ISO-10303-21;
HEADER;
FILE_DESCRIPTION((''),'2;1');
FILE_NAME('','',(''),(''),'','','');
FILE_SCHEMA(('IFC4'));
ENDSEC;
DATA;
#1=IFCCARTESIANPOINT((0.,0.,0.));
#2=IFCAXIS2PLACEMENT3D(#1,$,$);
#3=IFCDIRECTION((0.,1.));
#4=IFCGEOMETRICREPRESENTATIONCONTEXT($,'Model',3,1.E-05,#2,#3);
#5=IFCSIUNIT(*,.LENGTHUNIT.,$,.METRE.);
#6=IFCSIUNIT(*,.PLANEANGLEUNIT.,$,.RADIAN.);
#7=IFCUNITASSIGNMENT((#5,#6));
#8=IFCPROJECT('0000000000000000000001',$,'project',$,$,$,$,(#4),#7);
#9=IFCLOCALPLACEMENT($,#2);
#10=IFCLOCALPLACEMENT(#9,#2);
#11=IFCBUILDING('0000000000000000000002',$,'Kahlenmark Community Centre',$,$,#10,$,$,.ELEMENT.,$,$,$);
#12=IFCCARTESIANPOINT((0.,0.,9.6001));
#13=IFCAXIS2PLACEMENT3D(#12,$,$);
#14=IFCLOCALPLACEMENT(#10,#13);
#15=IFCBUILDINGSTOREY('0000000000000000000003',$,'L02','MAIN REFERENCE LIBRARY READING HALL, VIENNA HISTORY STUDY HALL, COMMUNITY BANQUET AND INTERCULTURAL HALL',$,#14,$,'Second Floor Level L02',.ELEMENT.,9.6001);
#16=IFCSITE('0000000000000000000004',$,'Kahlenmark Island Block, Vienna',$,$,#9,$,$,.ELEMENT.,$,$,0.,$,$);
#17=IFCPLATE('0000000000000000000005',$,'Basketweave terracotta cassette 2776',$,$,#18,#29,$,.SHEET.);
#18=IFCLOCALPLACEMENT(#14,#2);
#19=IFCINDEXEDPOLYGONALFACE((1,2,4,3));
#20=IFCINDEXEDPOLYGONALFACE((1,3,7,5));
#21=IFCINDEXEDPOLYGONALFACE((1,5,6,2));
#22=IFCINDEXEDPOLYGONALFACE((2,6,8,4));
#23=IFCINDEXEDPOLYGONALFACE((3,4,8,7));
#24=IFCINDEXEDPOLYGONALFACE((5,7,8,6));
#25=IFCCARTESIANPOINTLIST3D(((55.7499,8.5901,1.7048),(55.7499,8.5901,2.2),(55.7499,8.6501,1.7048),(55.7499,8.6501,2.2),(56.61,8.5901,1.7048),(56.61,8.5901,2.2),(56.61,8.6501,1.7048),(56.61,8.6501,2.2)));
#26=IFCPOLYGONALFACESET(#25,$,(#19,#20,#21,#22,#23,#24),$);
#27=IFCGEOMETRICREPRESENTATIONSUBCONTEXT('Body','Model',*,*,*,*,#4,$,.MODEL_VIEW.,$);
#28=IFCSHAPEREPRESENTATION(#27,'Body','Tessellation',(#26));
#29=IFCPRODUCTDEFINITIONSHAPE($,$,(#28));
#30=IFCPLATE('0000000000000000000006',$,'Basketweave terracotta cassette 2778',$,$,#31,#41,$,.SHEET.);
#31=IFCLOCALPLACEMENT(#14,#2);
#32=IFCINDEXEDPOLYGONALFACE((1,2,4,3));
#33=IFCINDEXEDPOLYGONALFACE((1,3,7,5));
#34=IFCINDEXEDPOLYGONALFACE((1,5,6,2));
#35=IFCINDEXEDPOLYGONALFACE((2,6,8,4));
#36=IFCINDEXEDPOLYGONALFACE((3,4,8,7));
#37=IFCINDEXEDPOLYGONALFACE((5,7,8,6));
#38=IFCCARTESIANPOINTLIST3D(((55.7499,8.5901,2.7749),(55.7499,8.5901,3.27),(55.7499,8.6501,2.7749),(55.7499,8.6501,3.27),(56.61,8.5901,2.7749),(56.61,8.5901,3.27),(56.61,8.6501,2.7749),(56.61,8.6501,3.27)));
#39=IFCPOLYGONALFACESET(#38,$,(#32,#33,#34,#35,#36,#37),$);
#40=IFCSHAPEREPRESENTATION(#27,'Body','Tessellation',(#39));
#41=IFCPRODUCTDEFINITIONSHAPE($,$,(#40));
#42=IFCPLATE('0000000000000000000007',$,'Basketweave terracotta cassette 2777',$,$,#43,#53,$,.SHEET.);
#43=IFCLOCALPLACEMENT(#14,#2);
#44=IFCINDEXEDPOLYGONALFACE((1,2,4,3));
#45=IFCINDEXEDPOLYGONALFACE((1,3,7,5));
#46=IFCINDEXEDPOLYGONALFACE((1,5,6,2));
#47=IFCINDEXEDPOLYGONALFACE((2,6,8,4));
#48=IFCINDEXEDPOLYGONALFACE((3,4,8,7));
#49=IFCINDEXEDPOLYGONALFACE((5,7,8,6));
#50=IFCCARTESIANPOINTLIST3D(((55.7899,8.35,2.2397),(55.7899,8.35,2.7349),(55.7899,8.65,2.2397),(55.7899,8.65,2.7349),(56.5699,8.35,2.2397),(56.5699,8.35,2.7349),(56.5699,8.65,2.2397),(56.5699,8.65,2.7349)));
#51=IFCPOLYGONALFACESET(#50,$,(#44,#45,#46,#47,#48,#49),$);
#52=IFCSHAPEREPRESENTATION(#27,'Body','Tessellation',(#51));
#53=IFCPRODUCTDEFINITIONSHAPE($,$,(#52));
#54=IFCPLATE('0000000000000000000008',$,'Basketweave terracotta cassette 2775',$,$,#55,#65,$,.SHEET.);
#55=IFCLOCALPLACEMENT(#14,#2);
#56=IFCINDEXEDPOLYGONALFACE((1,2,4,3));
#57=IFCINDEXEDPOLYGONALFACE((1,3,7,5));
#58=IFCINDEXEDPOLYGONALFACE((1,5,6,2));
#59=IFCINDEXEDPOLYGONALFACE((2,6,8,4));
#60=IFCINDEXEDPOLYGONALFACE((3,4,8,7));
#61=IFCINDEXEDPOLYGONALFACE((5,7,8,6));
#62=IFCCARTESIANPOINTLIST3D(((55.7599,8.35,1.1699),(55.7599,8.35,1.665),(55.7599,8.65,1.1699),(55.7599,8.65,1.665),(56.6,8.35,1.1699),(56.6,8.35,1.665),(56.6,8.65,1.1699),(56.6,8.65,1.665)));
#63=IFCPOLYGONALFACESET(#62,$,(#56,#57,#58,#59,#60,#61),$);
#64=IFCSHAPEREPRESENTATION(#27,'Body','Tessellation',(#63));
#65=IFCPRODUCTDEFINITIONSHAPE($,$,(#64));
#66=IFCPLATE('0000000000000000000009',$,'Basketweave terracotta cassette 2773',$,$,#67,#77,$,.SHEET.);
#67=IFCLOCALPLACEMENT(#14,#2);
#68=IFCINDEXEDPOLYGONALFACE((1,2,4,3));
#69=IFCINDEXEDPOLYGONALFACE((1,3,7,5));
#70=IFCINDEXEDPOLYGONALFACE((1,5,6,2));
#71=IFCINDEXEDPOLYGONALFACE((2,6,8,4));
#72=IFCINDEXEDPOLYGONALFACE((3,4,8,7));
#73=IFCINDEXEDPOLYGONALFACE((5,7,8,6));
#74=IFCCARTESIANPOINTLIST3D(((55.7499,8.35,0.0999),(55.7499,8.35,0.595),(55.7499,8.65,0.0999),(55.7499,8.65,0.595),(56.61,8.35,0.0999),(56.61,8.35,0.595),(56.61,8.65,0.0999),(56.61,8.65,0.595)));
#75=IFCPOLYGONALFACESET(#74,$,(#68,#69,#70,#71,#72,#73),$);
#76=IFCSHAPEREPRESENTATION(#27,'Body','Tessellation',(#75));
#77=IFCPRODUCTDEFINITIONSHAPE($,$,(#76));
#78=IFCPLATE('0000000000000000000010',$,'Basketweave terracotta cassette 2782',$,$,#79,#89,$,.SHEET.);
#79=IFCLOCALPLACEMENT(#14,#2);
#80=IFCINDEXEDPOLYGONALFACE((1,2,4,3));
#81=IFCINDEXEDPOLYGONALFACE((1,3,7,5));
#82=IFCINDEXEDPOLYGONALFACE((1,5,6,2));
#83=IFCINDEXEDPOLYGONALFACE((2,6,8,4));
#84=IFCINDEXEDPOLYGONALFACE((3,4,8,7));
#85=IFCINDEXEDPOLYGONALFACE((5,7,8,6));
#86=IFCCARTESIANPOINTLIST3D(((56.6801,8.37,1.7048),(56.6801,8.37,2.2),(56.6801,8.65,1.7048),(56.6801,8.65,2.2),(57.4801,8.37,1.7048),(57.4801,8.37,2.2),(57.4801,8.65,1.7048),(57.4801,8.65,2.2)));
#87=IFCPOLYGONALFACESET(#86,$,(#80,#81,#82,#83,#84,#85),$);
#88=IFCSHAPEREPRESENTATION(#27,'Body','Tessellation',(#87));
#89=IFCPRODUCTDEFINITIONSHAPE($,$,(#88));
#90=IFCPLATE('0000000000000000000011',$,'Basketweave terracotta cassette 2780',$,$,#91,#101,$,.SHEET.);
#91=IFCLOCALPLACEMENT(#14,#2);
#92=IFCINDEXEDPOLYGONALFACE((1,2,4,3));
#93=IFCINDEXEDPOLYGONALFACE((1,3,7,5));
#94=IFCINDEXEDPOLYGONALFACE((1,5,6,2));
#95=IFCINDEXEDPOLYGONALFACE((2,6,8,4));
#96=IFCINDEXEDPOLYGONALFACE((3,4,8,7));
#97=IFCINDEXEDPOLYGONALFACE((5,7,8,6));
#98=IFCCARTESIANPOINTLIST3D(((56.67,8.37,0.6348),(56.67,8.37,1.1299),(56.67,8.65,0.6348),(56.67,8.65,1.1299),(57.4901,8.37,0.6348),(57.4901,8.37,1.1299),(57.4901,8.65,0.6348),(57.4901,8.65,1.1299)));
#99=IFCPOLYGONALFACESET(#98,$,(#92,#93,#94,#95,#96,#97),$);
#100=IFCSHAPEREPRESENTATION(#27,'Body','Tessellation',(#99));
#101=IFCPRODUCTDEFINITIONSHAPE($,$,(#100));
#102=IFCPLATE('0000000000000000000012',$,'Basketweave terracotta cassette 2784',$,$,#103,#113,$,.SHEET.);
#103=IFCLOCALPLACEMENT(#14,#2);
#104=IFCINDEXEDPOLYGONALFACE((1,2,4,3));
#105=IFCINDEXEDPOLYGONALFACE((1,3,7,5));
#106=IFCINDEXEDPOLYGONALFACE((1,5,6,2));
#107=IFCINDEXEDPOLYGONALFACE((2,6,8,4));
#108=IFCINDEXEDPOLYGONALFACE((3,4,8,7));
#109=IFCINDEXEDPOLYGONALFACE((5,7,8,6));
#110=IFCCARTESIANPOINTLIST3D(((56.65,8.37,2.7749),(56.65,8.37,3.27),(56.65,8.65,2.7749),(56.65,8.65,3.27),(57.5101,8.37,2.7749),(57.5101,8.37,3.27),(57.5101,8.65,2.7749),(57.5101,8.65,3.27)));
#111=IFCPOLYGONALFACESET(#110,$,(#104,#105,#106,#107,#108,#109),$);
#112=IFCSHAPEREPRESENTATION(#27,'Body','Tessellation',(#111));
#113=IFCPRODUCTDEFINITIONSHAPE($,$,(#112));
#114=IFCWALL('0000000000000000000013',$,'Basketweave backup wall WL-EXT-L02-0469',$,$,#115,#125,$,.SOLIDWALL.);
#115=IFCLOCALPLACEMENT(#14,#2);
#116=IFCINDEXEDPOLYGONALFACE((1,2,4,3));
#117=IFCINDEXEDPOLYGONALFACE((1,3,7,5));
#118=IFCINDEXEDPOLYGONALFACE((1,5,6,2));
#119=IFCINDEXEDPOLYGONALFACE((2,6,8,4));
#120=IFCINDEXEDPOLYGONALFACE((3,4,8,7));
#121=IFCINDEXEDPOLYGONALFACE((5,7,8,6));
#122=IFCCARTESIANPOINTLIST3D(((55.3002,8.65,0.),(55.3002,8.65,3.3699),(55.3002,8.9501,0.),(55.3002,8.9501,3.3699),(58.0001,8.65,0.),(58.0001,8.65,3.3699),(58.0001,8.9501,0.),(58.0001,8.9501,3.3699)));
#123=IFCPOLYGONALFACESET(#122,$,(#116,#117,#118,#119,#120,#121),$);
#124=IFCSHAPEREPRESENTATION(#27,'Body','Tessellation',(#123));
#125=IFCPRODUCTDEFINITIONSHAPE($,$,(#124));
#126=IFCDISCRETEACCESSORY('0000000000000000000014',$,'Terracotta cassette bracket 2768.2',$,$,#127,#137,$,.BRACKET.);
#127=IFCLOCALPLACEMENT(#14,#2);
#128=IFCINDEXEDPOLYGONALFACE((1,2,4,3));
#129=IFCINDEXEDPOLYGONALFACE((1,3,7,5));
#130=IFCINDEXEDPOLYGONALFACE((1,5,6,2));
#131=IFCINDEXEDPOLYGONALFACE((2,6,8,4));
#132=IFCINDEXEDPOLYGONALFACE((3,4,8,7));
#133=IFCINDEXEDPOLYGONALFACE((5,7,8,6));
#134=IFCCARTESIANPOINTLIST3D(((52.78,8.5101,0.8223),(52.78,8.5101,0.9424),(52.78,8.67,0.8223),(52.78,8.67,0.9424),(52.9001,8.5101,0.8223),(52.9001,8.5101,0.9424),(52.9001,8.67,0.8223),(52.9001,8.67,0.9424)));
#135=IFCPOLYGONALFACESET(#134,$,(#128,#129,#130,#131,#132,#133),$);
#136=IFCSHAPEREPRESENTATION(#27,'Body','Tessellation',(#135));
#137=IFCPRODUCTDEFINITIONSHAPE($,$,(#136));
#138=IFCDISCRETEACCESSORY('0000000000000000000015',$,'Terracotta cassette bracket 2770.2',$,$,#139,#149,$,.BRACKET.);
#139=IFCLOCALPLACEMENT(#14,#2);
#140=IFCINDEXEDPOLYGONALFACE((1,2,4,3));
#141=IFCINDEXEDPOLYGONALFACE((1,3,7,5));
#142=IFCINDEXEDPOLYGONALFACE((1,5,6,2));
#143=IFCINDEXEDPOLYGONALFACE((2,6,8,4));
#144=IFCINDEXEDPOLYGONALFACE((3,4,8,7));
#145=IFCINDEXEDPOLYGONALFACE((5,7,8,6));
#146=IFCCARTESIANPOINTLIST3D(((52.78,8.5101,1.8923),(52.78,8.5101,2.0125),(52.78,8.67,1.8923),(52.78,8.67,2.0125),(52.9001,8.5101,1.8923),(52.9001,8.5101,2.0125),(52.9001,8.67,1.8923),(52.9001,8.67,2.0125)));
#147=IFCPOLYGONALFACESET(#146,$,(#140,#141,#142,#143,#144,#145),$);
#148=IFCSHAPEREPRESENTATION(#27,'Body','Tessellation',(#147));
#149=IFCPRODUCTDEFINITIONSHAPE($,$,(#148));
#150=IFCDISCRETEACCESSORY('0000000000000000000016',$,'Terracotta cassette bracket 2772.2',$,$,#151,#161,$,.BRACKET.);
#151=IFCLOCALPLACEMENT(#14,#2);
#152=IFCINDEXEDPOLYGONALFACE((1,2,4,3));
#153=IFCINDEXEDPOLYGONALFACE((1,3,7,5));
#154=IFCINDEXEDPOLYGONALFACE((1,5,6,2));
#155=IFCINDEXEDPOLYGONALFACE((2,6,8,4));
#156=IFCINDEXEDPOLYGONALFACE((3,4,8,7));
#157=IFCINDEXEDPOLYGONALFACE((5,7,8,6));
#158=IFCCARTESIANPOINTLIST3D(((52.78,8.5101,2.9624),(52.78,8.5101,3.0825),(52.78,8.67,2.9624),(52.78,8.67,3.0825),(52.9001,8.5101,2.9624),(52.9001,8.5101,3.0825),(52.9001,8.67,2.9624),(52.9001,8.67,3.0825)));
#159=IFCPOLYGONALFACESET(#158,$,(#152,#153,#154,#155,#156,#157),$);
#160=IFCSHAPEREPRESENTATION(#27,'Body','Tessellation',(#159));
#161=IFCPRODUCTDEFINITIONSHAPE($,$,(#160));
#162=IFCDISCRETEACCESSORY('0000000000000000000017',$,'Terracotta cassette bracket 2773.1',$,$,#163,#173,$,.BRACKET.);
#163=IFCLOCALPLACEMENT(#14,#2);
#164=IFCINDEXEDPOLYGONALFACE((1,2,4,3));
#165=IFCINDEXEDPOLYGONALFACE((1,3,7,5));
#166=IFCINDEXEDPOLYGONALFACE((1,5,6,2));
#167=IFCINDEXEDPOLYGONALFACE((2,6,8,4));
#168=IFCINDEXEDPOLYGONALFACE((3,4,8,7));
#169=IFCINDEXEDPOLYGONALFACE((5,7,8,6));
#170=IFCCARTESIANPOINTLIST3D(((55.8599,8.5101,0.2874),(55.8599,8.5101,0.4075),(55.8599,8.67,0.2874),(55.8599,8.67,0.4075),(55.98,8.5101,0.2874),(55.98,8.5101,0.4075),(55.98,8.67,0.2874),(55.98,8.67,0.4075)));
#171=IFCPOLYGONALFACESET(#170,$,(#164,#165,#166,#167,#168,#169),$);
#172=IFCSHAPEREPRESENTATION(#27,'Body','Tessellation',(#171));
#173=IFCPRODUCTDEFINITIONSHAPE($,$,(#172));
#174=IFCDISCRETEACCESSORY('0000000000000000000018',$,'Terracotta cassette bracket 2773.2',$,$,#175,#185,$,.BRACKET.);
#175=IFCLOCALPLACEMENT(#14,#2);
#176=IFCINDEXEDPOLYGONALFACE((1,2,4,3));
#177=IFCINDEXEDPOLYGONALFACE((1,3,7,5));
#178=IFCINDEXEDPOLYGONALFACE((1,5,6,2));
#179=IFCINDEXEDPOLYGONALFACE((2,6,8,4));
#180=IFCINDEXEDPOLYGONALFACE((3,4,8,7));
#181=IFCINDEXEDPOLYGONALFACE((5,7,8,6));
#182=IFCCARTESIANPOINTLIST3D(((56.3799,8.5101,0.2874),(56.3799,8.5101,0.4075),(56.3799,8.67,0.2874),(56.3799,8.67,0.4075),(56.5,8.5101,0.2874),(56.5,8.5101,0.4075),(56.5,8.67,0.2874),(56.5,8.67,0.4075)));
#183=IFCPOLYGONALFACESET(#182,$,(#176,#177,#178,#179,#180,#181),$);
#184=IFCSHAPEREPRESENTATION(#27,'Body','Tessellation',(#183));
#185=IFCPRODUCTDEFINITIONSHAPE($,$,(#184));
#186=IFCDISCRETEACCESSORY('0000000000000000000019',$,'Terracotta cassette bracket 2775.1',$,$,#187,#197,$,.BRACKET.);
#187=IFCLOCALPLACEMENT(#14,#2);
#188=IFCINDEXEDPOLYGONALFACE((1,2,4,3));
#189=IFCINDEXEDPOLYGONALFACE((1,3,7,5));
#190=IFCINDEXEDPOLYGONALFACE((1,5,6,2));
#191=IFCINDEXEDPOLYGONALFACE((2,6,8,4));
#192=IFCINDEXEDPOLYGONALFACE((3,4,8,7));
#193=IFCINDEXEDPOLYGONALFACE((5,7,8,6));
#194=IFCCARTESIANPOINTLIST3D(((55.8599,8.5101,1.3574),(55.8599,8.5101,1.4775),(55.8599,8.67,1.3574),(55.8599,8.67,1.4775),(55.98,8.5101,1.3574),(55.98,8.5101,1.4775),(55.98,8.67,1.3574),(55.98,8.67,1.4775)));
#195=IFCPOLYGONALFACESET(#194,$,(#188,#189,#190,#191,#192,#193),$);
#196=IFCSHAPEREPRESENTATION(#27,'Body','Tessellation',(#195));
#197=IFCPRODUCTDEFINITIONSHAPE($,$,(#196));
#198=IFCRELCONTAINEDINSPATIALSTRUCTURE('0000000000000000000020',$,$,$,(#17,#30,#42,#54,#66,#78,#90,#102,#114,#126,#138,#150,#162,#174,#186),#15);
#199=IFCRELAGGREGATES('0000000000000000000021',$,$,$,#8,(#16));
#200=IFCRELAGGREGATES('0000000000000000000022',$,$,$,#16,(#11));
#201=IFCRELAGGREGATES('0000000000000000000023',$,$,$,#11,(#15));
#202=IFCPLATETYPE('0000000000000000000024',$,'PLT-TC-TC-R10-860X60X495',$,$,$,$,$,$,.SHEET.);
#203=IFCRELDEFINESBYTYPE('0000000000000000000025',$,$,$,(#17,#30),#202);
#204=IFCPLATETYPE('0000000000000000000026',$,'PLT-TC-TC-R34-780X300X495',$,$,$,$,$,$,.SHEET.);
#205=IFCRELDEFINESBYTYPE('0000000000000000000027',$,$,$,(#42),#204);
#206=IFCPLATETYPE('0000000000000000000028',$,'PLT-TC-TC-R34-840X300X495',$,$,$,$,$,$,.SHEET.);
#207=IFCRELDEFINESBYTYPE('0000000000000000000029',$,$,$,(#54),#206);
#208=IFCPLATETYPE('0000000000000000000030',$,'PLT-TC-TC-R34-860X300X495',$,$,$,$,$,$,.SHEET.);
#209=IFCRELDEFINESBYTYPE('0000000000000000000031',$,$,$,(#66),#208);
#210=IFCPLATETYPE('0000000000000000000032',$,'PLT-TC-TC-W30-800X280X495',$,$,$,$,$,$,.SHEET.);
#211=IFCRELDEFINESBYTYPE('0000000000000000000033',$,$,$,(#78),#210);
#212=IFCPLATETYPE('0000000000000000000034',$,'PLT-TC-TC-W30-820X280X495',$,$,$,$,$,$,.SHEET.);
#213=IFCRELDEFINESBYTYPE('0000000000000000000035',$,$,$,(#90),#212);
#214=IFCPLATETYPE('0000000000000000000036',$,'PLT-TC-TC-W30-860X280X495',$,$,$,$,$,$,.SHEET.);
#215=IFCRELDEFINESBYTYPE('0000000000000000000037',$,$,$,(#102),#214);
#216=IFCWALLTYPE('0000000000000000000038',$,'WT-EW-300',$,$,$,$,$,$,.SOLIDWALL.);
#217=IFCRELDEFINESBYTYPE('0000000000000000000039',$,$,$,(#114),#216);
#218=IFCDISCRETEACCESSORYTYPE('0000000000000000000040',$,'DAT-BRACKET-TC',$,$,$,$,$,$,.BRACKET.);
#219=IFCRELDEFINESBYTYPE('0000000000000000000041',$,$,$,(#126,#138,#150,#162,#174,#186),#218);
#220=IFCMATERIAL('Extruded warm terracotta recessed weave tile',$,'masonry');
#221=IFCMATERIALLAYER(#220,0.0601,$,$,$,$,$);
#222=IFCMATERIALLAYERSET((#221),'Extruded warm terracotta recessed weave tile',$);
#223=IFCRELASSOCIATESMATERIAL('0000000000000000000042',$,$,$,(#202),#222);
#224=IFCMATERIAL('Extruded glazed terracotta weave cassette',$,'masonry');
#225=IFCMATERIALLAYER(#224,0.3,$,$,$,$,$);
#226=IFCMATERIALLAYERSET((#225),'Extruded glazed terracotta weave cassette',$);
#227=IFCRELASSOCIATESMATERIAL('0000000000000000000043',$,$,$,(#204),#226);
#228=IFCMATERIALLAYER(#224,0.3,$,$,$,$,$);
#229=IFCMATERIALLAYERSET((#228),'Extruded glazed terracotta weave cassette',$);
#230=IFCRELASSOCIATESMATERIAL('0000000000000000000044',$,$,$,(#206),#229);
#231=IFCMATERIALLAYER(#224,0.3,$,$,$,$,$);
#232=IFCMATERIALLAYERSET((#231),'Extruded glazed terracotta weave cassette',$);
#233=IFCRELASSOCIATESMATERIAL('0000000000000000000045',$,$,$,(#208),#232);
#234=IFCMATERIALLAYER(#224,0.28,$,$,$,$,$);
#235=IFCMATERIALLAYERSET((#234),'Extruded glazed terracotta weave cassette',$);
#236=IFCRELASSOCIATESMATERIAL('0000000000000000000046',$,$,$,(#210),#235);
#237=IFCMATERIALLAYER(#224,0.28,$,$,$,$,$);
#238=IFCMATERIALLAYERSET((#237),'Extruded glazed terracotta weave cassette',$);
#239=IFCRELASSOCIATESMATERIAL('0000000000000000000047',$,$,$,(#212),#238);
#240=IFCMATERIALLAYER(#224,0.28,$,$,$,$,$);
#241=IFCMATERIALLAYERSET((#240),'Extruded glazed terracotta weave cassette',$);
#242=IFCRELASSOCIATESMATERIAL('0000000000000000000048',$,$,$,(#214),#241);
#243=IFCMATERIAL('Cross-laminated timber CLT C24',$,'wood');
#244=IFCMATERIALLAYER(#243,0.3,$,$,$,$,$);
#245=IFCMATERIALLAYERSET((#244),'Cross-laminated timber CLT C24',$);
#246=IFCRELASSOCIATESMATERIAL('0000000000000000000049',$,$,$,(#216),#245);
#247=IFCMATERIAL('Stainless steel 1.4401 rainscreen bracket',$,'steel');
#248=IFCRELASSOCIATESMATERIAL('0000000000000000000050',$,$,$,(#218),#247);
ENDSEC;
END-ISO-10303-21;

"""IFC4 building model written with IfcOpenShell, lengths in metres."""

from ifc_helpers import new_model, si_unit, direction, frame, frame_2d, origin, origin_2d, place, context, subcontext, project, spatial, rectangle, extrude, material, layer, layer_set, type_object, element, save


model = new_model("IFC4")

# Units and contexts
model_context = context("Model", 3, precision=1e-05, world=origin(), true_north=direction((0.0, 1.0)))
body_context = subcontext(model_context, "Body", "Model", "MODEL_VIEW")
ifc_project = project(units=[si_unit("LENGTHUNIT", "METRE"), si_unit("PLANEANGLEUNIT", "RADIAN")], contexts=[model_context])

# Site, building, storey
site_placement = place(None, origin())
site = spatial("IfcSite", under=ifc_project, at=site_placement, Name="Kahlenmark Island Block, Vienna", CompositionType="ELEMENT", RefElevation=0.0)
building_placement = place(site_placement, origin())
building = spatial("IfcBuilding", under=site, at=building_placement, Name="Kahlenmark Community Centre", CompositionType="ELEMENT")
storey_placement = place(building_placement, frame((0.0, 0.0, 9.6001)))
storey = spatial("IfcBuildingStorey", under=building, at=storey_placement, Name="L02", Description="MAIN REFERENCE LIBRARY READING HALL, VIENNA HISTORY STUDY HALL, COMMUNITY BANQUET AND INTERCULTURAL HALL", LongName="Second Floor Level L02", CompositionType="ELEMENT", Elevation=9.6001)

# Plates
ifc_material_1 = material(Name="Extruded warm terracotta recessed weave tile", Category="masonry")
ifc_layer_1 = layer(ifc_material_1, 0.0601)
ifc_layer_set_1 = layer_set([ifc_layer_1], Name="Extruded warm terracotta recessed weave tile")
plate_type_1 = type_object("IfcPlateType", Name="PLT-TC-TC-R10-860X60X495", PredefinedType="SHEET", material=ifc_layer_set_1)
for number, where, z_axis, x_axis, name in (
    (1, (56.1799, 8.6201, 1.7048), (0.0, 0.0, 1.0), (1.0, 0.0, 0.0), "Basketweave terracotta cassette 2776"),
    (2, (56.1799, 8.6201, 2.7749), (0.0, 0.0, 1.0), (1.0, 0.0, 0.0), "Basketweave terracotta cassette 2778"),
):
    element("IfcPlate", number, at=place(storey_placement, frame(where, z_axis=z_axis, x_axis=x_axis)), inside=storey, type_object=plate_type_1, Name=name, PredefinedType="SHEET", context=body_context, shape_type="SweptSolid", body=[
        extrude(rectangle(XDim=0.8601, YDim=0.0601, at=origin_2d()), origin(), (0.0, 0.0, 1.0), 0.4951),
    ])
ifc_material_2 = material(Name="Extruded glazed terracotta weave cassette", Category="masonry")
ifc_layer_2 = layer(ifc_material_2, 0.3)
ifc_layer_set_2 = layer_set([ifc_layer_2], Name="Extruded glazed terracotta weave cassette")
plate_type_2 = type_object("IfcPlateType", Name="PLT-TC-TC-R34-780X300X495", PredefinedType="SHEET", material=ifc_layer_set_2)
plate_1_placement = place(storey_placement, frame((56.1799, 8.5, 2.2397), z_axis=(0.0, 0.0, 1.0), x_axis=(1.0, 0.0, 0.0)))
element("IfcPlate", 3, at=plate_1_placement, inside=storey, type_object=plate_type_2, Name="Basketweave terracotta cassette 2777", PredefinedType="SHEET", context=body_context, shape_type="SweptSolid", body=[
    extrude(rectangle(XDim=0.78, YDim=0.3, at=origin_2d()), origin(), (0.0, 0.0, 1.0), 0.4951),
])
ifc_layer_3 = layer(ifc_material_2, 0.3)
ifc_layer_set_3 = layer_set([ifc_layer_3], Name="Extruded glazed terracotta weave cassette")
plate_type_3 = type_object("IfcPlateType", Name="PLT-TC-TC-R34-840X300X495", PredefinedType="SHEET", material=ifc_layer_set_3)
plate_2_placement = place(storey_placement, frame((56.1799, 8.5, 1.1699), z_axis=(0.0, 0.0, 1.0), x_axis=(1.0, 0.0, 0.0)))
element("IfcPlate", 4, at=plate_2_placement, inside=storey, type_object=plate_type_3, Name="Basketweave terracotta cassette 2775", PredefinedType="SHEET", context=body_context, shape_type="SweptSolid", body=[
    extrude(rectangle(XDim=0.8401, YDim=0.3, at=origin_2d()), origin(), (0.0, 0.0, 1.0), 0.4951),
])
ifc_layer_4 = layer(ifc_material_2, 0.3)
ifc_layer_set_4 = layer_set([ifc_layer_4], Name="Extruded glazed terracotta weave cassette")
plate_type_4 = type_object("IfcPlateType", Name="PLT-TC-TC-R34-860X300X495", PredefinedType="SHEET", material=ifc_layer_set_4)
plate_3_placement = place(storey_placement, frame((56.1799, 8.5, 0.0999), z_axis=(0.0, 0.0, 1.0), x_axis=(1.0, 0.0, 0.0)))
element("IfcPlate", 5, at=plate_3_placement, inside=storey, type_object=plate_type_4, Name="Basketweave terracotta cassette 2773", PredefinedType="SHEET", context=body_context, shape_type="SweptSolid", body=[
    extrude(rectangle(XDim=0.8601, YDim=0.3, at=origin_2d()), origin(), (0.0, 0.0, 1.0), 0.4951),
])
ifc_layer_5 = layer(ifc_material_2, 0.28)
ifc_layer_set_5 = layer_set([ifc_layer_5], Name="Extruded glazed terracotta weave cassette")
plate_type_5 = type_object("IfcPlateType", Name="PLT-TC-TC-W30-800X280X495", PredefinedType="SHEET", material=ifc_layer_set_5)
plate_4_placement = place(storey_placement, frame((57.0801, 8.51, 1.7048), z_axis=(0.0, 0.0, 1.0), x_axis=(1.0, 0.0, 0.0)))
element("IfcPlate", 6, at=plate_4_placement, inside=storey, type_object=plate_type_5, Name="Basketweave terracotta cassette 2782", PredefinedType="SHEET", context=body_context, shape_type="SweptSolid", body=[
    extrude(rectangle(XDim=0.8, YDim=0.28, at=origin_2d()), origin(), (0.0, 0.0, 1.0), 0.4951),
])
ifc_layer_6 = layer(ifc_material_2, 0.28)
ifc_layer_set_6 = layer_set([ifc_layer_6], Name="Extruded glazed terracotta weave cassette")
plate_type_6 = type_object("IfcPlateType", Name="PLT-TC-TC-W30-820X280X495", PredefinedType="SHEET", material=ifc_layer_set_6)
plate_5_placement = place(storey_placement, frame((57.0801, 8.51, 0.6348), z_axis=(0.0, 0.0, 1.0), x_axis=(1.0, 0.0, 0.0)))
element("IfcPlate", 7, at=plate_5_placement, inside=storey, type_object=plate_type_6, Name="Basketweave terracotta cassette 2780", PredefinedType="SHEET", context=body_context, shape_type="SweptSolid", body=[
    extrude(rectangle(XDim=0.8201, YDim=0.28, at=origin_2d()), origin(), (0.0, 0.0, 1.0), 0.4951),
])
ifc_layer_7 = layer(ifc_material_2, 0.28)
ifc_layer_set_7 = layer_set([ifc_layer_7], Name="Extruded glazed terracotta weave cassette")
plate_type_7 = type_object("IfcPlateType", Name="PLT-TC-TC-W30-860X280X495", PredefinedType="SHEET", material=ifc_layer_set_7)
plate_6_placement = place(storey_placement, frame((57.0801, 8.51, 2.7749), z_axis=(0.0, 0.0, 1.0), x_axis=(1.0, 0.0, 0.0)))
element("IfcPlate", 8, at=plate_6_placement, inside=storey, type_object=plate_type_7, Name="Basketweave terracotta cassette 2784", PredefinedType="SHEET", context=body_context, shape_type="SweptSolid", body=[
    extrude(rectangle(XDim=0.8601, YDim=0.28, at=origin_2d()), origin(), (0.0, 0.0, 1.0), 0.4951),
])

# Wall
ifc_material_3 = material(Name="Cross-laminated timber CLT C24", Category="wood")
ifc_layer_8 = layer(ifc_material_3, 0.3)
ifc_layer_set_8 = layer_set([ifc_layer_8], Name="Cross-laminated timber CLT C24")
wall_type = type_object("IfcWallType", Name="WT-EW-300", PredefinedType="SOLIDWALL", material=ifc_layer_set_8)
wall_placement = place(storey_placement, frame((55.3, 8.8, 0.0), z_axis=(0.0, 0.0, 1.0), x_axis=(1.0, 0.0, 0.0)))
element("IfcWall", 9, at=wall_placement, inside=storey, type_object=wall_type, Name="Basketweave backup wall WL-EXT-L02-0469", PredefinedType="SOLIDWALL", context=body_context, shape_type="SweptSolid", body=[
    extrude(rectangle(XDim=2.7, YDim=0.3, at=frame_2d((1.3501, 0.0))), origin(), (0.0, 0.0, 1.0), 3.3699),
])

# Discrete accessories
ifc_material_4 = material(Name="Stainless steel 1.4401 rainscreen bracket", Category="steel")
discrete_accessory_type = type_object("IfcDiscreteAccessoryType", Name="DAT-BRACKET-TC", PredefinedType="BRACKET", material=ifc_material_4)
for number, where, z_axis, x_axis, name in (
    (10, (52.8401, 8.5901, 0.8223), (0.0, 0.0, 1.0), (1.0, 0.0, 0.0), "Terracotta cassette bracket 2768.2"),
    (11, (52.8401, 8.5901, 1.8923), (0.0, 0.0, 1.0), (1.0, 0.0, 0.0), "Terracotta cassette bracket 2770.2"),
    (12, (52.8401, 8.5901, 2.9624), (0.0, 0.0, 1.0), (1.0, 0.0, 0.0), "Terracotta cassette bracket 2772.2"),
    (13, (55.9199, 8.5901, 0.2874), (0.0, 0.0, 1.0), (1.0, 0.0, 0.0), "Terracotta cassette bracket 2773.1"),
    (14, (56.4399, 8.5901, 0.2874), (0.0, 0.0, 1.0), (1.0, 0.0, 0.0), "Terracotta cassette bracket 2773.2"),
    (15, (55.9199, 8.5901, 1.3574), (0.0, 0.0, 1.0), (1.0, 0.0, 0.0), "Terracotta cassette bracket 2775.1"),
):
    element("IfcDiscreteAccessory", number, at=place(storey_placement, frame(where, z_axis=z_axis, x_axis=x_axis)), inside=storey, type_object=discrete_accessory_type, Name=name, PredefinedType="BRACKET", context=body_context, shape_type="SweptSolid", body=[
        extrude(rectangle(XDim=0.1201, YDim=0.1599, at=origin_2d()), origin(), (0.0, 0.0, 1.0), 0.1201),
    ])

save(model, "model.ifc")
